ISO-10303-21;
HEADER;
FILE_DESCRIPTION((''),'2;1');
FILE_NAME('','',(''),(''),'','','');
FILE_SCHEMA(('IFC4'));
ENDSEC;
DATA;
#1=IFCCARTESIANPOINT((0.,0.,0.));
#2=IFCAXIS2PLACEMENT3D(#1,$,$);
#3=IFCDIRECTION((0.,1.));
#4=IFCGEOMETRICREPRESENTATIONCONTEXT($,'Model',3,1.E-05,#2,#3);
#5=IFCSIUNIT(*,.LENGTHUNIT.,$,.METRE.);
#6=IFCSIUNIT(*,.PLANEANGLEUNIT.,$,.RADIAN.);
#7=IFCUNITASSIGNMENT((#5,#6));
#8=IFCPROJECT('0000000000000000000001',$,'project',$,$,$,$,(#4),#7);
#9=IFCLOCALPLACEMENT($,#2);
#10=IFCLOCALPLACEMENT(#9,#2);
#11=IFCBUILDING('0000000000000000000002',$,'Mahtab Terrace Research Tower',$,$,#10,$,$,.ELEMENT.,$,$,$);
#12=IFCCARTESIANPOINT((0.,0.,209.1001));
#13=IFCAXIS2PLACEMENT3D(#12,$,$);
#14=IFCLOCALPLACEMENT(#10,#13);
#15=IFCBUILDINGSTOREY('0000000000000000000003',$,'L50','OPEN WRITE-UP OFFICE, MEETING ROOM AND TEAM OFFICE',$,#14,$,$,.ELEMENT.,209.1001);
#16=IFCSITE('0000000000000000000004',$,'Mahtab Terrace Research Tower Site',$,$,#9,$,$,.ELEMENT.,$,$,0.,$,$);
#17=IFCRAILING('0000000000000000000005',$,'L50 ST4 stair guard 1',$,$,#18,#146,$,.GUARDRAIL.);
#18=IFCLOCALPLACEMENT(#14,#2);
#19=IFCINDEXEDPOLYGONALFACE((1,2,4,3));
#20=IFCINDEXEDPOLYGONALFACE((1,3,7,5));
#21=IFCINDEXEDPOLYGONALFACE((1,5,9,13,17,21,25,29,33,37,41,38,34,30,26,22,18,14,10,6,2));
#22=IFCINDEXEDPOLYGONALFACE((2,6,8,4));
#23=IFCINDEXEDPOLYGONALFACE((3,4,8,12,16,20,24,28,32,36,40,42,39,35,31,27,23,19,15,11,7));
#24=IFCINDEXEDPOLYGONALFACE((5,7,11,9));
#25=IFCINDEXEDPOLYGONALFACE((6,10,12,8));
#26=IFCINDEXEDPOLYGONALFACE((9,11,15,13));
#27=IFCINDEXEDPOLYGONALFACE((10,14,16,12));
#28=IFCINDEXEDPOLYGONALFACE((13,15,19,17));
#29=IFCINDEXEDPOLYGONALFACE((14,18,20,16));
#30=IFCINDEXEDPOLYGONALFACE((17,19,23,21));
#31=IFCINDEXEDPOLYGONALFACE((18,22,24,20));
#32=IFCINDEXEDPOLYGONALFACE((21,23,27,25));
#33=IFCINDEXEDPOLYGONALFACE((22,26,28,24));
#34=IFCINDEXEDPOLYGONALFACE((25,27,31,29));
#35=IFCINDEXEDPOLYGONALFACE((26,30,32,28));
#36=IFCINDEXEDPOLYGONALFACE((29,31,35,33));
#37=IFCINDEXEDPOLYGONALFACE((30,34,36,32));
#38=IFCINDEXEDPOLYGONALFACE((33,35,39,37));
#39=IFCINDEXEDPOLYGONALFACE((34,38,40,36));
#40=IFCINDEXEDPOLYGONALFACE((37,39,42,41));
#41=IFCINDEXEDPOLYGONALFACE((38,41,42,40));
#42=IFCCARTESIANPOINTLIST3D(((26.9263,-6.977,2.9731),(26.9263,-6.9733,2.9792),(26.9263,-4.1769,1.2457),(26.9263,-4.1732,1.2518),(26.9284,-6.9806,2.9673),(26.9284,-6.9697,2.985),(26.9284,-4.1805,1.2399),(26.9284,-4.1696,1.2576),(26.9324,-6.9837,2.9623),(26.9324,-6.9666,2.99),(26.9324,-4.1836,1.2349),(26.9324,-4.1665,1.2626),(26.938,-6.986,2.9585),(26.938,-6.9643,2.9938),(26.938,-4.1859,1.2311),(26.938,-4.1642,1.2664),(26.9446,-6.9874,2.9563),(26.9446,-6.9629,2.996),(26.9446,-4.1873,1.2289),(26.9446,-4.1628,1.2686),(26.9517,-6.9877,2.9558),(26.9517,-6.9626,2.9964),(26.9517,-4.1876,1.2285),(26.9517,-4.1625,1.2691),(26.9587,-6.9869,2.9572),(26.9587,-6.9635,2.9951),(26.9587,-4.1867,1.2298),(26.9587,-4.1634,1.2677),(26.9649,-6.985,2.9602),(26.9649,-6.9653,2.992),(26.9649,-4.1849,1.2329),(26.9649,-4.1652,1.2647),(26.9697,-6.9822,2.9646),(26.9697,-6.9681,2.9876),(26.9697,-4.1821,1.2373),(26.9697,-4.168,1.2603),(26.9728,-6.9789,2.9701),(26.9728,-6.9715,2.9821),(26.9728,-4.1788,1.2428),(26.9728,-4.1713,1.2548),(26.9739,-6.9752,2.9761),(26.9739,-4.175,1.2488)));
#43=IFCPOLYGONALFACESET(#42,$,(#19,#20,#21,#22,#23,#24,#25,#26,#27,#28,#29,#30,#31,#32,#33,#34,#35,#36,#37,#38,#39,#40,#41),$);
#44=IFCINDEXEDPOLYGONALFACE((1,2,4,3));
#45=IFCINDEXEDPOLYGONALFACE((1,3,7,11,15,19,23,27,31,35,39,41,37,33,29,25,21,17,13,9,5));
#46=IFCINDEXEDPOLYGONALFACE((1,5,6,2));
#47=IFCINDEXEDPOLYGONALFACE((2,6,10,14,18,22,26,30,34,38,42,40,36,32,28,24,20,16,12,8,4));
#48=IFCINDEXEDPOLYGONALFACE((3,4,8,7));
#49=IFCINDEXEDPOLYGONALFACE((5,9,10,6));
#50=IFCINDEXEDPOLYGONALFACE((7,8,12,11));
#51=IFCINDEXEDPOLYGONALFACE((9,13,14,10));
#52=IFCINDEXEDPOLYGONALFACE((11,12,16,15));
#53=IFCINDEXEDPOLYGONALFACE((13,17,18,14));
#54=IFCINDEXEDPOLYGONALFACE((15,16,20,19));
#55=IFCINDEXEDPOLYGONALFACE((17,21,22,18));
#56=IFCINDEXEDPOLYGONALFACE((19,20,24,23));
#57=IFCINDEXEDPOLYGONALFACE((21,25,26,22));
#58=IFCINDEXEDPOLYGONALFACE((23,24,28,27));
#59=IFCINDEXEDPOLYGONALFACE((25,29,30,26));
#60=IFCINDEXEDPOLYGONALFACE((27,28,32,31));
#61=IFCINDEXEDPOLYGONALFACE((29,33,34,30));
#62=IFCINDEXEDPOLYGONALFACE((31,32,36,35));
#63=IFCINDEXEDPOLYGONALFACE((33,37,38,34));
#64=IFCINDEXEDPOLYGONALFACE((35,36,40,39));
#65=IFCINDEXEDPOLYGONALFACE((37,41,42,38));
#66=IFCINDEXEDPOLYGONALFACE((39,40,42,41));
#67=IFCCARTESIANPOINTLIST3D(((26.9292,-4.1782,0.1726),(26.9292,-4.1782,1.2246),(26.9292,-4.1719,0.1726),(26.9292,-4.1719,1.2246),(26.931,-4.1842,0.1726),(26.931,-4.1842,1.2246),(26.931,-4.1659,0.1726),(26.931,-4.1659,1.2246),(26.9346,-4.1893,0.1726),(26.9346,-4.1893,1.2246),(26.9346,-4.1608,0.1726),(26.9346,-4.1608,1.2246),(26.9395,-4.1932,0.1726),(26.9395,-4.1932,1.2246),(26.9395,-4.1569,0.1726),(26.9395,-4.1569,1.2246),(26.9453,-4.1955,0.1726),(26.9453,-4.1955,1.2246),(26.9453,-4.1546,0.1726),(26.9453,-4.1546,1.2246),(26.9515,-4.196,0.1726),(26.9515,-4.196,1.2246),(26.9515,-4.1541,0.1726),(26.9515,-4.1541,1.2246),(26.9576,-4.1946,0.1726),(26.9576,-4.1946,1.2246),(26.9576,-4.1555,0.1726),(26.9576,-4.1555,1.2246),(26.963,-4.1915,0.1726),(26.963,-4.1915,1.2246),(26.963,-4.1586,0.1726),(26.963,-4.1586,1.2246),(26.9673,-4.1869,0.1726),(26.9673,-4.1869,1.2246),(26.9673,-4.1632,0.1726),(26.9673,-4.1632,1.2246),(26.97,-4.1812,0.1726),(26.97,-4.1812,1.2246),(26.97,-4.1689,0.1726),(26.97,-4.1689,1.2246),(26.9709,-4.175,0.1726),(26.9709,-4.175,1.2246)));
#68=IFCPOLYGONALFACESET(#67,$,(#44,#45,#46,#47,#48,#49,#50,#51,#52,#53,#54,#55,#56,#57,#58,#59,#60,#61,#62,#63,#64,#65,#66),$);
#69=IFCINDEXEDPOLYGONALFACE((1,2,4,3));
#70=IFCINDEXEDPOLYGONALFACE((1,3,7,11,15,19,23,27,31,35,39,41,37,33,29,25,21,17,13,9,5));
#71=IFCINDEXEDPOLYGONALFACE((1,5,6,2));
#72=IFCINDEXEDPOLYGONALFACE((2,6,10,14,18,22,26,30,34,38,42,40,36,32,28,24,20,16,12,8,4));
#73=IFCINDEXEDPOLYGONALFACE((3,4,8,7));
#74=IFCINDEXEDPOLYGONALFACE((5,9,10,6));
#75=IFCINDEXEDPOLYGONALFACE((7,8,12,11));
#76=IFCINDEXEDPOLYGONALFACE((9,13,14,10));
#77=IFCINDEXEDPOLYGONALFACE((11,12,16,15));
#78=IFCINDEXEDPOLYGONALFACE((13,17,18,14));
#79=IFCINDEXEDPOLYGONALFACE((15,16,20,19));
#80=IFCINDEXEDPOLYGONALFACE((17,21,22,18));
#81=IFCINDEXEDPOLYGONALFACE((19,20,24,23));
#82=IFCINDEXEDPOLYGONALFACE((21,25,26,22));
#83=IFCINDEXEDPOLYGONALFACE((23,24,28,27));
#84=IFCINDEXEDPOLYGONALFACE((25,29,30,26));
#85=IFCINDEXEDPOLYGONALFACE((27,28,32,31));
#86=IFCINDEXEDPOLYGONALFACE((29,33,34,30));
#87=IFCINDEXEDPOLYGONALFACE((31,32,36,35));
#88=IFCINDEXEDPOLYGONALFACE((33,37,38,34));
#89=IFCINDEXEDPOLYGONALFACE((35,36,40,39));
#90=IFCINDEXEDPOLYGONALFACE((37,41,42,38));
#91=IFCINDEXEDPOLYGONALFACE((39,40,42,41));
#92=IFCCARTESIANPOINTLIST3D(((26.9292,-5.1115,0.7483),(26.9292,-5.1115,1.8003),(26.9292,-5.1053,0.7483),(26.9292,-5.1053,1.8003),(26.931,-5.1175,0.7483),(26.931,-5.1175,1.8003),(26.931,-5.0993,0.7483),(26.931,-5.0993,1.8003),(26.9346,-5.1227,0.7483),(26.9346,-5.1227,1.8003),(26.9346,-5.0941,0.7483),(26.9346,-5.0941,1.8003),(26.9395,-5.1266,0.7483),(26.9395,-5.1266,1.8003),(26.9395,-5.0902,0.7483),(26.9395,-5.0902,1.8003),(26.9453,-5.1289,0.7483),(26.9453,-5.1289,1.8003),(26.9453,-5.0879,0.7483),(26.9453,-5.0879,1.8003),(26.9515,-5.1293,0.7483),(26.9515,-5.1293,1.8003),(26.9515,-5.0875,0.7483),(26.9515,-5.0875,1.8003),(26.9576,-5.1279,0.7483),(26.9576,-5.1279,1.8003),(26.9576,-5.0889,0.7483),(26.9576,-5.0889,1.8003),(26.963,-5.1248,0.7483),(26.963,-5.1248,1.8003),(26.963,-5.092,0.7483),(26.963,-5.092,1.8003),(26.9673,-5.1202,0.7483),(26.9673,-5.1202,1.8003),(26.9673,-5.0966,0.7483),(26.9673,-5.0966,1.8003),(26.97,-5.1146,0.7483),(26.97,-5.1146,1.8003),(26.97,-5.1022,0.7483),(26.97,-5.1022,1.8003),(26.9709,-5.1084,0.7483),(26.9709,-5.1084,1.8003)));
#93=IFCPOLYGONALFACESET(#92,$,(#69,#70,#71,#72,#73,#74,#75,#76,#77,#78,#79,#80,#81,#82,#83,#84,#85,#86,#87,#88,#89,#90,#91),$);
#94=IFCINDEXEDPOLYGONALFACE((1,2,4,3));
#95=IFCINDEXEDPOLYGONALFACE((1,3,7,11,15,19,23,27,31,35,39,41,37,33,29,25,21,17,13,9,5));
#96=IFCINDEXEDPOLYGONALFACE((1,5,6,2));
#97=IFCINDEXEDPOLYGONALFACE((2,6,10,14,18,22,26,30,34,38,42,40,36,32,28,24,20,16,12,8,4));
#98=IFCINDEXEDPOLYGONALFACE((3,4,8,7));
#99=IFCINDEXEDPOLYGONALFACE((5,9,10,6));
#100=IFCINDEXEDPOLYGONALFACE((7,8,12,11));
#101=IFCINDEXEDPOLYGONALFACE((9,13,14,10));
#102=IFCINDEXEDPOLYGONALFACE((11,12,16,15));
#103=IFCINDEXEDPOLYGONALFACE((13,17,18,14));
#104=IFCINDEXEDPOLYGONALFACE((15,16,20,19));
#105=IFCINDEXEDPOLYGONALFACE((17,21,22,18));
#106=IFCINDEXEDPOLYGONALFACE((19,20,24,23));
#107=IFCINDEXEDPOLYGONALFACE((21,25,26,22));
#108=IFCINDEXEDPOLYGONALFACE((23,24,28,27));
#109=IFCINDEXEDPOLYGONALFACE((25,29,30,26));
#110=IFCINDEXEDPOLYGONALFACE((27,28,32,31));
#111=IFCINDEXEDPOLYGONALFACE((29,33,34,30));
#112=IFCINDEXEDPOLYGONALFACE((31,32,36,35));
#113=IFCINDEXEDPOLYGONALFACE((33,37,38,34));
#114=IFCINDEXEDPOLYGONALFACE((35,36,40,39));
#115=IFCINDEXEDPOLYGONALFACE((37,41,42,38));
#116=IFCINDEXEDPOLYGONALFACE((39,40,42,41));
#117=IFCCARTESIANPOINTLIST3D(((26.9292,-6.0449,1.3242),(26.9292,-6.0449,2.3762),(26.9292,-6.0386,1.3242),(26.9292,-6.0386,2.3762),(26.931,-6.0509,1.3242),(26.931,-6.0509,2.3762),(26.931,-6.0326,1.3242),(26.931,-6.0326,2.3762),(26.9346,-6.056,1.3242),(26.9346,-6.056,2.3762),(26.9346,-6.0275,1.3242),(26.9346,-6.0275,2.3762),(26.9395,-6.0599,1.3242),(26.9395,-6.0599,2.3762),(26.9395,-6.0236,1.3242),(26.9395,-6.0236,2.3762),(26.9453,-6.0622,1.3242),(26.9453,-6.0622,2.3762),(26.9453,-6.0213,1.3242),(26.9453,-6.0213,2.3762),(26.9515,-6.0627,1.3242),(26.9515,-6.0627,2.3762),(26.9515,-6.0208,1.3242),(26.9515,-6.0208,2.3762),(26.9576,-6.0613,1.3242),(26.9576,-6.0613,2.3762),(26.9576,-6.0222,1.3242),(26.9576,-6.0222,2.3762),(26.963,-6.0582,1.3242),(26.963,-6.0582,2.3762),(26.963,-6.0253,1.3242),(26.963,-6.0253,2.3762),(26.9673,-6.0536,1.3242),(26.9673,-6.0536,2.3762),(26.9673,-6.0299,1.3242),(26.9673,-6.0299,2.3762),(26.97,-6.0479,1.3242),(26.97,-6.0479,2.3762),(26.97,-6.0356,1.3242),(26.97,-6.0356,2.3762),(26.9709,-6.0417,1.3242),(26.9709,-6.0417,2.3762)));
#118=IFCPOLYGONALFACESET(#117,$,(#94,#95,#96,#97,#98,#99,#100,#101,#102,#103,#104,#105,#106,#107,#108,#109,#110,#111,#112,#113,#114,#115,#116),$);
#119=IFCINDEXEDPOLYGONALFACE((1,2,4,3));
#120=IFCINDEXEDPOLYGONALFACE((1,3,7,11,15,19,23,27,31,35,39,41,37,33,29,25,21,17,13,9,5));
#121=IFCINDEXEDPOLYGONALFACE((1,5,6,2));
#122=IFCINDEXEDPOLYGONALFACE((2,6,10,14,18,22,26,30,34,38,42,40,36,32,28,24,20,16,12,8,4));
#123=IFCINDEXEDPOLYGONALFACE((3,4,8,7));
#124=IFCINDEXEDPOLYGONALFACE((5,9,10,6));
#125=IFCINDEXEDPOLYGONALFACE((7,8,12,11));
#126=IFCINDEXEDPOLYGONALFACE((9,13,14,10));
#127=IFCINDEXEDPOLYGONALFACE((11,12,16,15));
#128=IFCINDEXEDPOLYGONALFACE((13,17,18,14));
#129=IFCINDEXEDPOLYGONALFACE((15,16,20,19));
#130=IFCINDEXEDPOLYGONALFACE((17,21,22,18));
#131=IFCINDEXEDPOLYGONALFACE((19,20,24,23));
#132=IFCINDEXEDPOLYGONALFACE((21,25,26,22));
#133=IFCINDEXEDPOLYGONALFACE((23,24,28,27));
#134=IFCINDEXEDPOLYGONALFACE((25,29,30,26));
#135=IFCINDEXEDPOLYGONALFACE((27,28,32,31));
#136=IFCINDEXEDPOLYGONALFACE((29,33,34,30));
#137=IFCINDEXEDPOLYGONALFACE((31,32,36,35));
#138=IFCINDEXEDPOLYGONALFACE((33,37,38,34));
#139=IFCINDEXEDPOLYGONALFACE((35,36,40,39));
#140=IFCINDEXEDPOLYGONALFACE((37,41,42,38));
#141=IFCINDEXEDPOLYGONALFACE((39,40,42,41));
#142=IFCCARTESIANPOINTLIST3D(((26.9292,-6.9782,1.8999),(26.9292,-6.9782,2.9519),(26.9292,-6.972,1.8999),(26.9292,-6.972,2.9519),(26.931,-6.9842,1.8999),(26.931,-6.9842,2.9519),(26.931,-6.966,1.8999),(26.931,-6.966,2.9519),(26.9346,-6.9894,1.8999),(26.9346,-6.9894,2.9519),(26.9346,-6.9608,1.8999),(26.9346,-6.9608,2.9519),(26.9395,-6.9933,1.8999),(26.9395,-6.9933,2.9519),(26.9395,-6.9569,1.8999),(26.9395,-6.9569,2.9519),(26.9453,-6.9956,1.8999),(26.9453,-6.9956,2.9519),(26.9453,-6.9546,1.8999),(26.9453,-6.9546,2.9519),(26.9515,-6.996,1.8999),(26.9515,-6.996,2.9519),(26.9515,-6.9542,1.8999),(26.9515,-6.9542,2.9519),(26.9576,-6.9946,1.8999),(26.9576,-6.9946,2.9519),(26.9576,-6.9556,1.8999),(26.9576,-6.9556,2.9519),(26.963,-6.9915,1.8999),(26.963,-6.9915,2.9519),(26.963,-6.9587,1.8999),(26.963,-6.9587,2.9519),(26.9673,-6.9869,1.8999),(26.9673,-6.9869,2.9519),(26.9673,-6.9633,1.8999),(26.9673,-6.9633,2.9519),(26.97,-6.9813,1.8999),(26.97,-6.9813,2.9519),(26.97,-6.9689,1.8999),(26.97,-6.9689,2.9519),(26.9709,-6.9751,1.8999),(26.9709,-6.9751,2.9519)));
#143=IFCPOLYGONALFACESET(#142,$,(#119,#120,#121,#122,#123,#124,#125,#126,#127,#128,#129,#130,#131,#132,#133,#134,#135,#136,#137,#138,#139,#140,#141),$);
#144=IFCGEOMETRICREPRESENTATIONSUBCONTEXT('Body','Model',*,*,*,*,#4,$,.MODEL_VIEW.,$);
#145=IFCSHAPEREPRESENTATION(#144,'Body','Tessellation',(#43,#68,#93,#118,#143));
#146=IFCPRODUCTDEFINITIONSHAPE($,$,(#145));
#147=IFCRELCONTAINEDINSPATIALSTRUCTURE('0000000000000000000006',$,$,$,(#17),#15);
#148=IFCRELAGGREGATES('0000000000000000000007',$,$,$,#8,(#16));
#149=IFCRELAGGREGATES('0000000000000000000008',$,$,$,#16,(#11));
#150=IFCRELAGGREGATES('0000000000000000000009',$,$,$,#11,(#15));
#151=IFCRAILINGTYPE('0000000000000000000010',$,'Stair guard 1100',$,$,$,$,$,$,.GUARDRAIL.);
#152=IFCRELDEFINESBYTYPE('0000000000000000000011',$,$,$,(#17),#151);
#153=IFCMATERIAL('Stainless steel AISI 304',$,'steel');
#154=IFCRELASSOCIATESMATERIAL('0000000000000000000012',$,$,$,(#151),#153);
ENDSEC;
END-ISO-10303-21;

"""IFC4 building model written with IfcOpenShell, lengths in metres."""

from ifc_helpers import new_model, si_unit, direction, frame, origin, origin_2d, place, context, subcontext, project, spatial, circle, extrude, material, type_object, element, save


model = new_model("IFC4")

# Units and contexts
model_context = context("Model", 3, precision=1e-05, world=origin(), true_north=direction((0.0, 1.0)))
body_context = subcontext(model_context, "Body", "Model", "MODEL_VIEW")
ifc_project = project(units=[si_unit("LENGTHUNIT", "METRE"), si_unit("PLANEANGLEUNIT", "RADIAN")], contexts=[model_context])

# Site, building, storey
site_placement = place(None, origin())
site = spatial("IfcSite", under=ifc_project, at=site_placement, Name="Mahtab Terrace Research Tower Site", CompositionType="ELEMENT", RefElevation=0.0)
building_placement = place(site_placement, origin())
building = spatial("IfcBuilding", under=site, at=building_placement, Name="Mahtab Terrace Research Tower", CompositionType="ELEMENT")
storey_placement = place(building_placement, frame((0.0, 0.0, 209.1001)))
storey = spatial("IfcBuildingStorey", under=building, at=storey_placement, Name="L50", Description="OPEN WRITE-UP OFFICE, MEETING ROOM AND TEAM OFFICE", CompositionType="ELEMENT", Elevation=209.1001)

# Railing
ifc_material_1 = material(Name="Stainless steel AISI 304", Category="steel")
railing_type_1 = type_object("IfcRailingType", Name="Stair guard 1100", PredefinedType="GUARDRAIL", material=ifc_material_1)
railing_1_placement = place(storey_placement, frame((26.95, -4.175, 0.1726)))
element("IfcRailing", 1, at=railing_1_placement, inside=storey, type_object=railing_type_1, Name="L50 ST4 stair guard 1", PredefinedType="GUARDRAIL", context=body_context, shape_type="SweptSolid", body=[
    extrude(circle(Radius=0.0239, at=origin_2d()), frame((0.0, 0.0, 1.0762), z_axis=(0.0, -0.85109, 0.52502), x_axis=(1.0, 0.0, 0.0)), (0.0, 0.0, 1.0), 3.29),
    extrude(circle(Radius=0.021, at=origin_2d()), origin(), (0.0, 0.0, 1.0), 1.052),
    extrude(circle(Radius=0.021, at=origin_2d()), frame((0.0, -0.9333, 0.5757)), (0.0, 0.0, 1.0), 1.052),
    extrude(circle(Radius=0.021, at=origin_2d()), frame((0.0, -1.8667, 1.1516)), (0.0, 0.0, 1.0), 1.052),
    extrude(circle(Radius=0.021, at=origin_2d()), frame((0.0, -2.8, 1.7273)), (0.0, 0.0, 1.0), 1.052),
])

save(model, "model.ifc")
